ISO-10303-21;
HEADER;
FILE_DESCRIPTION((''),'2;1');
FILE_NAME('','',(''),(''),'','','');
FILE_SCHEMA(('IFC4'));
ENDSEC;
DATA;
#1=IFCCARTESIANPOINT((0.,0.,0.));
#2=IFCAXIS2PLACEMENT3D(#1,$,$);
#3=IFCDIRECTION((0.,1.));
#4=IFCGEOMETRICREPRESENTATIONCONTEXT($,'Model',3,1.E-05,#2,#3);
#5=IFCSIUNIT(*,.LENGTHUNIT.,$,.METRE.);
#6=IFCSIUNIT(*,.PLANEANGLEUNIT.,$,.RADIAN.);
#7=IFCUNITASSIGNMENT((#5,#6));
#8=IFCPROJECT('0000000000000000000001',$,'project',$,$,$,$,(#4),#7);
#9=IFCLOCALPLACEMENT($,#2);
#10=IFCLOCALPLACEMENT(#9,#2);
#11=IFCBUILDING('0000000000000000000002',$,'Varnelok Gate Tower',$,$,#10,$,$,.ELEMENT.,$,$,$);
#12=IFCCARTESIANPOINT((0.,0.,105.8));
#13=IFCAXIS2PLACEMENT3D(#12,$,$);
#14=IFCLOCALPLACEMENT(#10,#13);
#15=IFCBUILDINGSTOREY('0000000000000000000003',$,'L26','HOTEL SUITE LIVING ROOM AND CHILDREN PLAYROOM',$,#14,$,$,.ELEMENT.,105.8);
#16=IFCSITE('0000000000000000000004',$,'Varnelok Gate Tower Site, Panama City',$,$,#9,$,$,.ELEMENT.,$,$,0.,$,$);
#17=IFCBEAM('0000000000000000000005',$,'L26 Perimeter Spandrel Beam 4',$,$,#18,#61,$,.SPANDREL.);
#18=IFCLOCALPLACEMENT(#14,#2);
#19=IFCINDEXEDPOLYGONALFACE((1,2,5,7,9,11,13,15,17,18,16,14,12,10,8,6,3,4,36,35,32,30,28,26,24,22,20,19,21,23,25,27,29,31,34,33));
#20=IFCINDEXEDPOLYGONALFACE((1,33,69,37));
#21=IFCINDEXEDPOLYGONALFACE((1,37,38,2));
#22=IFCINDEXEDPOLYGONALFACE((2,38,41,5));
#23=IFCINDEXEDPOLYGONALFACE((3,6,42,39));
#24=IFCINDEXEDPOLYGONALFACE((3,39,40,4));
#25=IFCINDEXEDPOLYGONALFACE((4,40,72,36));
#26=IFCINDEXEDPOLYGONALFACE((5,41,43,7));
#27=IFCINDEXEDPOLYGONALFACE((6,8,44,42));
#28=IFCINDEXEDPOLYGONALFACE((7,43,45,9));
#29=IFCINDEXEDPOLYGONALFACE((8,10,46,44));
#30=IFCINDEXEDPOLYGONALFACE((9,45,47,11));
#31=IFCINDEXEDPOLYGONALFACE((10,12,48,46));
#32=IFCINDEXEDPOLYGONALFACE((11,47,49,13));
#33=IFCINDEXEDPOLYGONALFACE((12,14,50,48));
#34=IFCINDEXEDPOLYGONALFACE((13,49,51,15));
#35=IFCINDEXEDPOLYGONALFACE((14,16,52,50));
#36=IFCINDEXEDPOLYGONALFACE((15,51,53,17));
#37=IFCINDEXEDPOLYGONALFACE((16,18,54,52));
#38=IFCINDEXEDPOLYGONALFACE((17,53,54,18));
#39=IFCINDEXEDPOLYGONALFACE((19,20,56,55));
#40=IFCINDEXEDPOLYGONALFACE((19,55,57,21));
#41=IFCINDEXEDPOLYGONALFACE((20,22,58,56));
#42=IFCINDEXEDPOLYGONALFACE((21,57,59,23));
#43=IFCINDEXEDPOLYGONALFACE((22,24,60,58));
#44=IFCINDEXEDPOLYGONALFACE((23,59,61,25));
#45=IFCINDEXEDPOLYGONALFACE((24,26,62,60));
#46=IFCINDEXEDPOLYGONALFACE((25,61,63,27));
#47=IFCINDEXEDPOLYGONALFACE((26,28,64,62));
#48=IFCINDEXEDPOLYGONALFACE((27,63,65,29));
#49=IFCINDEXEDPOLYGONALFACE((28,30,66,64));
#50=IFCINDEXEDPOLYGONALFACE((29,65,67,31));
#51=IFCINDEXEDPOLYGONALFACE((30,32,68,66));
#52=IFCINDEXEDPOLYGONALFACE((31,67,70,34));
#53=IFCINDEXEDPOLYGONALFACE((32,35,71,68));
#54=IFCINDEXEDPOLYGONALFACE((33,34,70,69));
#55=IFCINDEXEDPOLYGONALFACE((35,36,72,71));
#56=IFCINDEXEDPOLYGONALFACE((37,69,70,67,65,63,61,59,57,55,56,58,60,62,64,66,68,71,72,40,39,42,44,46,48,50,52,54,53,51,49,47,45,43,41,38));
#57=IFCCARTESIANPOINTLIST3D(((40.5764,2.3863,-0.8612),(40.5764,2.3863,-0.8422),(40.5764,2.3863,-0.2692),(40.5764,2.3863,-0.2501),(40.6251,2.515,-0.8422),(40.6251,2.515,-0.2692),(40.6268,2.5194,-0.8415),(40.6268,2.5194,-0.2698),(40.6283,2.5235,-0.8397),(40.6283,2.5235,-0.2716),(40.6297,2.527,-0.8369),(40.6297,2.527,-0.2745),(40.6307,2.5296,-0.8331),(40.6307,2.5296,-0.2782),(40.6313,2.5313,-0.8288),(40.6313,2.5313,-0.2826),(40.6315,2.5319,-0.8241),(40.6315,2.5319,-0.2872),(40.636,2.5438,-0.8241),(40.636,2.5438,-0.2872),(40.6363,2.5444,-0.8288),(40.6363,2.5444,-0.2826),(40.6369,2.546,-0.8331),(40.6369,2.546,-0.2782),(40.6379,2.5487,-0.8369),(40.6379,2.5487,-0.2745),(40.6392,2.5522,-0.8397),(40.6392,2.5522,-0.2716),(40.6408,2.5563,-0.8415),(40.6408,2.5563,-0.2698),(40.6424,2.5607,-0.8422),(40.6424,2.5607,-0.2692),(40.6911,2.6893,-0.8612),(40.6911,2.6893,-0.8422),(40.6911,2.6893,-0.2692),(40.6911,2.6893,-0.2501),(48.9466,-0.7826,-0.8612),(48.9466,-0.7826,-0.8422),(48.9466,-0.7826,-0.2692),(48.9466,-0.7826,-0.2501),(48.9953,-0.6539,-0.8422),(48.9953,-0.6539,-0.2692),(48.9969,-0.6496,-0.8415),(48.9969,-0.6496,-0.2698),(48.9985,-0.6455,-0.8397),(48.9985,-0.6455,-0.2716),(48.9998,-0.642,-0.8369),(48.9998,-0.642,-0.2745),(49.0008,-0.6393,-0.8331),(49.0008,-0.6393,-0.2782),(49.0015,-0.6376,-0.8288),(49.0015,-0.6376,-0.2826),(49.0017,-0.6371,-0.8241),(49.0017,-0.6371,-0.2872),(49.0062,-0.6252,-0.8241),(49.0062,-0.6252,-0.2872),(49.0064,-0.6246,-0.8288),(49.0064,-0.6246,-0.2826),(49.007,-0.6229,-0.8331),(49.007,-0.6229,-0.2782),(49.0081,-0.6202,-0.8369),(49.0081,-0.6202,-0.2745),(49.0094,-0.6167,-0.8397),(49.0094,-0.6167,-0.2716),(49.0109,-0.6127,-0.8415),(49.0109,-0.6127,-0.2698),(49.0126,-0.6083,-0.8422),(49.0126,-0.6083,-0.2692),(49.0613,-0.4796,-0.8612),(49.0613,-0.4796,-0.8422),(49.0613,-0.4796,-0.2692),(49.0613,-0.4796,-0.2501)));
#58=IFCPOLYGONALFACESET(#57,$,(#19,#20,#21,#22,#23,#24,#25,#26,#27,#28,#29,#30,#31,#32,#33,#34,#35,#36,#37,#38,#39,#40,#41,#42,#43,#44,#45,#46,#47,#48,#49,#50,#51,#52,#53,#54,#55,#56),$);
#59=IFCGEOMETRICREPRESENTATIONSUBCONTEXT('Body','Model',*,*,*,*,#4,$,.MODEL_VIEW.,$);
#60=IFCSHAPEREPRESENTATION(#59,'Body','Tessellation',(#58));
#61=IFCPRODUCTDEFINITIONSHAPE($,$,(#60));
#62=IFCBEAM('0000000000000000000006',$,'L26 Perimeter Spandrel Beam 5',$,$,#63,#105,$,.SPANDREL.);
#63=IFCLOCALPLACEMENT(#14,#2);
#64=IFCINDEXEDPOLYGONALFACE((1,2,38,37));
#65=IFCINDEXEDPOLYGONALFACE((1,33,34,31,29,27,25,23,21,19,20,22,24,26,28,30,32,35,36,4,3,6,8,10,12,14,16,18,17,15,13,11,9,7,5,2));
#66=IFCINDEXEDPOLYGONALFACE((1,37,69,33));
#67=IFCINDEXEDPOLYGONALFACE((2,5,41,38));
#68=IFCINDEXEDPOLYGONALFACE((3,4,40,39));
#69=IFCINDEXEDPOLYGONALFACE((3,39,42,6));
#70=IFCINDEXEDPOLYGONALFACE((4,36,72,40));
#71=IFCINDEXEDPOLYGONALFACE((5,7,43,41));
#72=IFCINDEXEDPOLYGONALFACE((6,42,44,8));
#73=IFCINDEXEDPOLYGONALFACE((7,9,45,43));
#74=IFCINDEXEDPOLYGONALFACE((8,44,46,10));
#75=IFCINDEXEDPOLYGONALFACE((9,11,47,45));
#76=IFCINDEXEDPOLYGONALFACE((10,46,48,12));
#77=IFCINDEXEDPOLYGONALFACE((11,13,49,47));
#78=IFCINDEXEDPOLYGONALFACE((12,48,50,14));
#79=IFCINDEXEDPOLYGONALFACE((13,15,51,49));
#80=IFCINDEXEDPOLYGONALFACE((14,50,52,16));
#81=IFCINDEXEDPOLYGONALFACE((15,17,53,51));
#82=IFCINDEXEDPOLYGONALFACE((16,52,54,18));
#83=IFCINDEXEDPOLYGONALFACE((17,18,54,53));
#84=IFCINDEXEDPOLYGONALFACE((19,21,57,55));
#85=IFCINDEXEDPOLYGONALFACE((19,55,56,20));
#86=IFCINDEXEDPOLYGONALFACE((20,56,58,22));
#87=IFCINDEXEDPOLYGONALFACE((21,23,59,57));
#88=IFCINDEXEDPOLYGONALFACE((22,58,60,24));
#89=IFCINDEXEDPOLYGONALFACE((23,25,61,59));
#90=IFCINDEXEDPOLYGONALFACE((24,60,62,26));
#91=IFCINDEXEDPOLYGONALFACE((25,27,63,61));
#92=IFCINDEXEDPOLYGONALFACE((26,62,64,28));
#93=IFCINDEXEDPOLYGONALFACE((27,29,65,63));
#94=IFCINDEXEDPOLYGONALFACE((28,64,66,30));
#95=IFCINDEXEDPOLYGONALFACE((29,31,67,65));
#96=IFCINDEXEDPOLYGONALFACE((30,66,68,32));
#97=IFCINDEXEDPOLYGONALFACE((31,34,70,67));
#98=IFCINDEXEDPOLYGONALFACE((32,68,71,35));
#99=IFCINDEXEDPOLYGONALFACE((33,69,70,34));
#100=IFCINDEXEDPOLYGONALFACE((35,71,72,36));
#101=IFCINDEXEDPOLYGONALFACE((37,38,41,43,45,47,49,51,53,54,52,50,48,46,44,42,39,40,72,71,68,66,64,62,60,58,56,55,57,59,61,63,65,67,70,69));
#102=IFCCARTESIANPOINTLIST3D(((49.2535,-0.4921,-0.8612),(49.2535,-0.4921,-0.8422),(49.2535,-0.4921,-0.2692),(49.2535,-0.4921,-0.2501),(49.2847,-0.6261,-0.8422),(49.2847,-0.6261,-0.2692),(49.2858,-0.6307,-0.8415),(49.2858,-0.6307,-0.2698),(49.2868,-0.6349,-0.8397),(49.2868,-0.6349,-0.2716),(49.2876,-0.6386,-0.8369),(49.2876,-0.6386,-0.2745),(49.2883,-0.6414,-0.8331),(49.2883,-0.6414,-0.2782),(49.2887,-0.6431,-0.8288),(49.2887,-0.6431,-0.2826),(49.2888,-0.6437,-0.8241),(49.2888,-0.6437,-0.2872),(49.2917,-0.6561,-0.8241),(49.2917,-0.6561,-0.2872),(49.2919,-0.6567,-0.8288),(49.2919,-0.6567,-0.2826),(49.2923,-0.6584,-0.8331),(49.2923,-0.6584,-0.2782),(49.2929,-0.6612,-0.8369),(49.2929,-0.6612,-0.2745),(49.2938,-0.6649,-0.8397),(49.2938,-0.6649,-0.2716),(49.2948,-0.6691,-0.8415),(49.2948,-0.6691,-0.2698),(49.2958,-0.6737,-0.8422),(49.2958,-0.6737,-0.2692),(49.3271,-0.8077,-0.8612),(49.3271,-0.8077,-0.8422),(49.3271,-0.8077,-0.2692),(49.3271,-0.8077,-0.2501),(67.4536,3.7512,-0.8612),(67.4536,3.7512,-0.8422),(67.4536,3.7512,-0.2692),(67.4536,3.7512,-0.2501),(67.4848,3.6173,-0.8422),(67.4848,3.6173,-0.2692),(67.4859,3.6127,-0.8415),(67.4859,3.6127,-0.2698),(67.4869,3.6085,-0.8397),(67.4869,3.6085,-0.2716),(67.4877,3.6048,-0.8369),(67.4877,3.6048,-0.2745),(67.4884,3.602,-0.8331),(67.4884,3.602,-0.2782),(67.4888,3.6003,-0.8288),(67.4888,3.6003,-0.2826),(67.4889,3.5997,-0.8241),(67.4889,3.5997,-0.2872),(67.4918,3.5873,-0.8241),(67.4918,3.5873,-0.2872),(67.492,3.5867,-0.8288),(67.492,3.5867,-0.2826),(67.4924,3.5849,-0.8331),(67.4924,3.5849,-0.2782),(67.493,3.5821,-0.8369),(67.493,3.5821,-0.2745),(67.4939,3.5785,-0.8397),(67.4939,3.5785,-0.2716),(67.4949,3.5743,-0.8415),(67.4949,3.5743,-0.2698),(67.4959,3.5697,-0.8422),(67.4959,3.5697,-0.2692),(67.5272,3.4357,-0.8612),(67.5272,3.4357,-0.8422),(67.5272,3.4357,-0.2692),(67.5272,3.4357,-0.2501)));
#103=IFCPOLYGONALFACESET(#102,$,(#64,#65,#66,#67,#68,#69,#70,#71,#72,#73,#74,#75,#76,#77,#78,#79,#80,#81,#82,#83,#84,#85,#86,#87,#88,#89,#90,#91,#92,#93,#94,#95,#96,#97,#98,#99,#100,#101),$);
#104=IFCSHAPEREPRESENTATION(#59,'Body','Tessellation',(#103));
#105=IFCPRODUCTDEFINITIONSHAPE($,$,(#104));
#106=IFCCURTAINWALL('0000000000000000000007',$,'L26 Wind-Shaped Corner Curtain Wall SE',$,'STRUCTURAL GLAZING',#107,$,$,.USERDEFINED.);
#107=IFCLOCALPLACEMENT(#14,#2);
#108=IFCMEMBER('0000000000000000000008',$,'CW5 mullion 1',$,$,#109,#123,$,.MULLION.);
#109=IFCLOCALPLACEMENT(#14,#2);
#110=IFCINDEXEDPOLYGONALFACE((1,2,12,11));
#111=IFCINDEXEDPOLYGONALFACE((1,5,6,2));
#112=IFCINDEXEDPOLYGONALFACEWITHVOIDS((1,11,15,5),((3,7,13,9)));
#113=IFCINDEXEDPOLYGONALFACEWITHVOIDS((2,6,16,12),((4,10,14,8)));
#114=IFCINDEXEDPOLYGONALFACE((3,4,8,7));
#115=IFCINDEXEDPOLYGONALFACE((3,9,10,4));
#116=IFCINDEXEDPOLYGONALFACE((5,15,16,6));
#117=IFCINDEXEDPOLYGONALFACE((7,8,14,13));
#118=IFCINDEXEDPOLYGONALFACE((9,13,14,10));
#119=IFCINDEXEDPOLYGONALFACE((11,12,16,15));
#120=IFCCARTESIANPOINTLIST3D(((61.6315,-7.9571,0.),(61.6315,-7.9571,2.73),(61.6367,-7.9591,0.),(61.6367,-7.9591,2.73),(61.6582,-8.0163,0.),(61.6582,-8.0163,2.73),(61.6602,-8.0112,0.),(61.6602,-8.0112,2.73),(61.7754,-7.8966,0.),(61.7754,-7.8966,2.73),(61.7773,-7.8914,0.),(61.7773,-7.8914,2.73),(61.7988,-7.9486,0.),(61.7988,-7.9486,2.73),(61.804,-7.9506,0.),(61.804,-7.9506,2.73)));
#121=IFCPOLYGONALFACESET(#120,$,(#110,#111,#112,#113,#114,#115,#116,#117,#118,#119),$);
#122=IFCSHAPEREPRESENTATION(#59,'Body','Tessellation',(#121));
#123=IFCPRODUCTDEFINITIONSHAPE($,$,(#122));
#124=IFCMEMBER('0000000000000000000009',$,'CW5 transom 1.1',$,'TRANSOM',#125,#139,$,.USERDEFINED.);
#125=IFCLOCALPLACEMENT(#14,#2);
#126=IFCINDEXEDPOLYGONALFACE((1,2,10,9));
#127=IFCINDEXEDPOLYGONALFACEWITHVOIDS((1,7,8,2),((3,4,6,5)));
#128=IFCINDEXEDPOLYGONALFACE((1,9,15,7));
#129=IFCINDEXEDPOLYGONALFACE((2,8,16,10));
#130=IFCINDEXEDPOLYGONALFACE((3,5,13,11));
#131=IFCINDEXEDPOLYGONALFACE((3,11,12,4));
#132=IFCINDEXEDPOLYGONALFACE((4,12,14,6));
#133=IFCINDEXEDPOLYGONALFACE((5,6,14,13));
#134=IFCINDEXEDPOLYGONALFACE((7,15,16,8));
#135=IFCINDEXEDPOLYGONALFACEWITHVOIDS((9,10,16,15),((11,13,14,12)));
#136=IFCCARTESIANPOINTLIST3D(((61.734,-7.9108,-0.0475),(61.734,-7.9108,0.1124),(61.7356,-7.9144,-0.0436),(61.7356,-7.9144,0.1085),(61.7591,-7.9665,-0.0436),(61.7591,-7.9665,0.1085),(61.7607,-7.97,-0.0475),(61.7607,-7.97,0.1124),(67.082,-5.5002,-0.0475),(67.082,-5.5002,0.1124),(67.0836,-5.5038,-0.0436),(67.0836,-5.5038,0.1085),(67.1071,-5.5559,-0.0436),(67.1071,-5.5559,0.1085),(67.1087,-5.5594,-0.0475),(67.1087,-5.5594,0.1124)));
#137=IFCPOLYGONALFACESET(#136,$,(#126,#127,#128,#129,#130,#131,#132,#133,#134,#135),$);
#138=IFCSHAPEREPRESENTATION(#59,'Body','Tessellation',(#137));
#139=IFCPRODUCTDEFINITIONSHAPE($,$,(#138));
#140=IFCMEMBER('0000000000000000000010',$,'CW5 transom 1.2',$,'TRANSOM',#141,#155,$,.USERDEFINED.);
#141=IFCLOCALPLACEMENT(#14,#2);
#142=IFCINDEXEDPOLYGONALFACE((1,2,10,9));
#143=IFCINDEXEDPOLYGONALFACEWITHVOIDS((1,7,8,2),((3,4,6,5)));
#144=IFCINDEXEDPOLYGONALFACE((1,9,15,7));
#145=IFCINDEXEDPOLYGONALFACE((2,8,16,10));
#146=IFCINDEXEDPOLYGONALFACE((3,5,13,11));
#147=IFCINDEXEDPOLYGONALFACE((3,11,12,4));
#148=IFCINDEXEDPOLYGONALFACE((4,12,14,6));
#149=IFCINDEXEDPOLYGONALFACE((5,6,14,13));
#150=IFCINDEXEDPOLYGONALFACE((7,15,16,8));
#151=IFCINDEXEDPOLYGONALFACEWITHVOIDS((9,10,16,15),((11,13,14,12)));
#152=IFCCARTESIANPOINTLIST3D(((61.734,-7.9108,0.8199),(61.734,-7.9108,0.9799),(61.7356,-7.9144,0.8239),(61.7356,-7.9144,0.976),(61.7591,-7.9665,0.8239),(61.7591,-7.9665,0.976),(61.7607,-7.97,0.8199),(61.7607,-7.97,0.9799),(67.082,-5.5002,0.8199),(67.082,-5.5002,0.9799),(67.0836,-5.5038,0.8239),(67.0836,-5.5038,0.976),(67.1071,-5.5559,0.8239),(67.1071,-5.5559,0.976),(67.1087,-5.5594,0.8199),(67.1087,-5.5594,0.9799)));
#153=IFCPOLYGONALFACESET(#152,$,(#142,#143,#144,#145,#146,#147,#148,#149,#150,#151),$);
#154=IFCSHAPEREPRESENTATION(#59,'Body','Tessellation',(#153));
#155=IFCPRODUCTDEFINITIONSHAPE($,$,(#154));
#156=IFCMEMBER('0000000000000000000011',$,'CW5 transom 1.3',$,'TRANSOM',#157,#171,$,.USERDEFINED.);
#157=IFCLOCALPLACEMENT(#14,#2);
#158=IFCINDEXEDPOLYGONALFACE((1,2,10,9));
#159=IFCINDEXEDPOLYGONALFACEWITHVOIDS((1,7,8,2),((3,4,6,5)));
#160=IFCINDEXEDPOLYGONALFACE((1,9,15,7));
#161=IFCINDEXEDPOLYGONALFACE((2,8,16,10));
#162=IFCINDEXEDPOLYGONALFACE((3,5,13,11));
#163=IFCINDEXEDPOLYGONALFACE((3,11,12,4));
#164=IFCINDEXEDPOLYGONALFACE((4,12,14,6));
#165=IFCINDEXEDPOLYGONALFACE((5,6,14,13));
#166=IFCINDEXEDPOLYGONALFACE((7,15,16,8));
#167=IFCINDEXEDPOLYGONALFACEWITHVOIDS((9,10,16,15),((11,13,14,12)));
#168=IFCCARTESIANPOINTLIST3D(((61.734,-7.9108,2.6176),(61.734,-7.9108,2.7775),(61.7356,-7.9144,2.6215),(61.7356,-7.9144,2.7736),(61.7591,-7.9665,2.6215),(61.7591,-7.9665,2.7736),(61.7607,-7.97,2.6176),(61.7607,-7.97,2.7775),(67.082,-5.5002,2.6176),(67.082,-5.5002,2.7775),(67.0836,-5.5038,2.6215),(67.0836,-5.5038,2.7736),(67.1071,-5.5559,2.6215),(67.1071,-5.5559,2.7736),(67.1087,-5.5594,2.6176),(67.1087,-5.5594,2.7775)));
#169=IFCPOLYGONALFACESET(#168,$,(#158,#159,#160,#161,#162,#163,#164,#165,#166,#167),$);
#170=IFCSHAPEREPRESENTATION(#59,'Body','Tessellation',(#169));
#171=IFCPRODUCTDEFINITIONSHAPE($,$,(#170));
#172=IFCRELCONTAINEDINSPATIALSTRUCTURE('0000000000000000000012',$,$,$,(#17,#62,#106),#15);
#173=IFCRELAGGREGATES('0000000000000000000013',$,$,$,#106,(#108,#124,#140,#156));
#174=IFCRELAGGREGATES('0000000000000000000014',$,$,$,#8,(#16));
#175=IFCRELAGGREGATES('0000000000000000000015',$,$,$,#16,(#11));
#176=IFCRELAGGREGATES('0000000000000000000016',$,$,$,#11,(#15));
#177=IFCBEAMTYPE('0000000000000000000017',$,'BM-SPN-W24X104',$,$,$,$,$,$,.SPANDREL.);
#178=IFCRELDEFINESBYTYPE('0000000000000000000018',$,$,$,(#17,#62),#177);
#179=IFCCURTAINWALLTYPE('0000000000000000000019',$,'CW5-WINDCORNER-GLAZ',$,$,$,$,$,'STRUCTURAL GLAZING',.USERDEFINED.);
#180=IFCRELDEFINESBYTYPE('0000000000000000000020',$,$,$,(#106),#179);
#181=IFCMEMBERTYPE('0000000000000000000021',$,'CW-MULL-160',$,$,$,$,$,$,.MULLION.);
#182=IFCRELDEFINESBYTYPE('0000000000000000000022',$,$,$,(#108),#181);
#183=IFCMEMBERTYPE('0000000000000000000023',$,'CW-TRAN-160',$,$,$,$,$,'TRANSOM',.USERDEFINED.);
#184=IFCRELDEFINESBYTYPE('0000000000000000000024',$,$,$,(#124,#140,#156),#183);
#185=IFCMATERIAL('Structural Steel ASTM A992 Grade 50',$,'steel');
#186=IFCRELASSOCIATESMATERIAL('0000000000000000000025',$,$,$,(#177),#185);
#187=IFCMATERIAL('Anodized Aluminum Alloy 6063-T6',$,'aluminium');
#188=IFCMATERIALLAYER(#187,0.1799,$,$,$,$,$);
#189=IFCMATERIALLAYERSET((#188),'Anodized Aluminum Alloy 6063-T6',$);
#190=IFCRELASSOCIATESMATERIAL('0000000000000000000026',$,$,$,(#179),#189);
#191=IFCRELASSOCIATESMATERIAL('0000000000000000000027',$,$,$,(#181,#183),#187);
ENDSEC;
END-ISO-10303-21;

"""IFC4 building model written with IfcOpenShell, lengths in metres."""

from ifc_helpers import new_model, si_unit, direction, frame, origin, origin_2d, place, context, subcontext, project, spatial, hollow_rectangle, i_section, extrude, material, layer, layer_set, material_profile, profile_set, type_object, element, aggregate, save


model = new_model("IFC4")

# Units and contexts
model_context = context("Model", 3, precision=1e-05, world=origin(), true_north=direction((0.0, 1.0)))
body_context = subcontext(model_context, "Body", "Model", "MODEL_VIEW")
ifc_project = project(units=[si_unit("LENGTHUNIT", "METRE"), si_unit("PLANEANGLEUNIT", "RADIAN")], contexts=[model_context])

# Site, building, storey
site_placement = place(None, origin())
site = spatial("IfcSite", under=ifc_project, at=site_placement, Name="Varnelok Gate Tower Site, Panama City", CompositionType="ELEMENT", RefElevation=0.0)
building_placement = place(site_placement, origin())
building = spatial("IfcBuilding", under=site, at=building_placement, Name="Varnelok Gate Tower", CompositionType="ELEMENT")
storey_placement = place(building_placement, frame((0.0, 0.0, 105.8)))
storey = spatial("IfcBuildingStorey", under=building, at=storey_placement, Name="L26", Description="HOTEL SUITE LIVING ROOM AND CHILDREN PLAYROOM", CompositionType="ELEMENT", Elevation=105.8)

# Shared definitions
ifc_material_1 = material(Name="Structural Steel ASTM A992 Grade 50", Category="steel")

# Beams
ifc_material_profile_1 = material_profile(ifc_material_1, i_section(OverallWidth=0.324, OverallDepth=0.6111, WebThickness=0.0127, FlangeThickness=0.019, FilletRadius=0.0181, at=origin_2d()), Name="W24X104")
ifc_profile_set_1 = profile_set([ifc_material_profile_1], Name="Structural Steel ASTM A992 Grade 50")
beam_type_1 = type_object("IfcBeamType", Name="BM-SPN-W24X104", PredefinedType="SPANDREL", material=ifc_profile_set_1)
beam_1_placement = place(storey_placement, frame((40.6338, 2.5378, -0.5557), z_axis=(0.935217, -0.354075, 0.0), x_axis=(0.354075, 0.935217, 0.0)))
element("IfcBeam", 1, at=beam_1_placement, inside=storey, type_object=beam_type_1, Name="L26 Perimeter Spandrel Beam 4", PredefinedType="SPANDREL", context=body_context, shape_type="SweptSolid", body=[
    extrude(i_section(OverallWidth=0.324, OverallDepth=0.6111, WebThickness=0.0127, FlangeThickness=0.019, FilletRadius=0.0181, at=origin_2d()), origin(), (0.0, 0.0, 1.0), 8.95),
])
beam_2_placement = place(storey_placement, frame((49.2903, -0.6499, -0.5557), z_axis=(0.97388, 0.227062, 0.0), x_axis=(-0.227062, 0.97388, 0.0)))
element("IfcBeam", 2, at=beam_2_placement, inside=storey, type_object=beam_type_1, Name="L26 Perimeter Spandrel Beam 5", PredefinedType="SPANDREL", context=body_context, shape_type="SweptSolid", body=[
    extrude(i_section(OverallWidth=0.324, OverallDepth=0.6111, WebThickness=0.0127, FlangeThickness=0.019, FilletRadius=0.0181, at=origin_2d()), origin(), (0.0, 0.0, 1.0), 18.6882),
])

# Curtain wall, members
ifc_material_2 = material(Name="Anodized Aluminum Alloy 6063-T6", Category="aluminium")
ifc_layer_1 = layer(ifc_material_2, 0.1799)
ifc_layer_set_1 = layer_set([ifc_layer_1], Name="Anodized Aluminum Alloy 6063-T6")
curtain_wall_type = type_object("IfcCurtainWallType", Name="CW5-WINDCORNER-GLAZ", ElementType="STRUCTURAL GLAZING", PredefinedType="USERDEFINED", material=ifc_layer_set_1)
curtain_wall_placement = place(storey_placement, origin())
curtain_wall = element("IfcCurtainWall", 3, at=curtain_wall_placement, inside=storey, type_object=curtain_wall_type, Name="L26 Wind-Shaped Corner Curtain Wall SE", ObjectType="STRUCTURAL GLAZING", PredefinedType="USERDEFINED")
ifc_material_profile_2 = material_profile(ifc_material_2, hollow_rectangle(XDim=0.0649, YDim=0.1599, WallThickness=0.0039, at=origin_2d()), Name="ALU160X65X4")
ifc_profile_set_2 = profile_set([ifc_material_profile_2], Name="Anodized Aluminum Alloy 6063-T6")
member_type_1 = type_object("IfcMemberType", Name="CW-MULL-160", PredefinedType="MULLION", material=ifc_profile_set_2)
member_1_placement = place(storey_placement, frame((61.7178, -7.9539, 0.0), z_axis=(0.0, 0.0, 1.0), x_axis=(-0.410944, 0.911661, 0.0)))
member_1 = element("IfcMember", 4, at=member_1_placement, type_object=member_type_1, Name="CW5 mullion 1", PredefinedType="MULLION", context=body_context, shape_type="SweptSolid", body=[
    extrude(hollow_rectangle(XDim=0.0649, YDim=0.1599, WallThickness=0.0039, at=origin_2d()), origin(), (0.0, 0.0, 1.0), 2.73),
])
ifc_material_profile_3 = material_profile(ifc_material_2, hollow_rectangle(XDim=0.0649, YDim=0.1599, WallThickness=0.0039, at=origin_2d()), Name="ALU160X65X4")
ifc_profile_set_3 = profile_set([ifc_material_profile_3], Name="Anodized Aluminum Alloy 6063-T6")
member_type_2 = type_object("IfcMemberType", Name="CW-TRAN-160", ElementType="TRANSOM", PredefinedType="USERDEFINED", material=ifc_profile_set_3)
member_2_placement = place(storey_placement, frame((61.7473, -7.9404, 0.0325), z_axis=(0.911667, 0.410929, 0.0), x_axis=(-0.410929, 0.911667, 0.0)))
member_2 = element("IfcMember", 5, at=member_2_placement, type_object=member_type_2, Name="CW5 transom 1.1", ObjectType="TRANSOM", PredefinedType="USERDEFINED", context=body_context, shape_type="SweptSolid", body=[
    extrude(hollow_rectangle(XDim=0.0649, YDim=0.1599, WallThickness=0.0039, at=origin_2d()), origin(), (0.0, 0.0, 1.0), 5.8662),
])
member_3_placement = place(storey_placement, frame((61.7473, -7.9404, 0.8999), z_axis=(0.911667, 0.410929, 0.0), x_axis=(-0.410929, 0.911667, 0.0)))
member_3 = element("IfcMember", 6, at=member_3_placement, type_object=member_type_2, Name="CW5 transom 1.2", ObjectType="TRANSOM", PredefinedType="USERDEFINED", context=body_context, shape_type="SweptSolid", body=[
    extrude(hollow_rectangle(XDim=0.0649, YDim=0.1599, WallThickness=0.0039, at=origin_2d()), origin(), (0.0, 0.0, 1.0), 5.8662),
])
member_4_placement = place(storey_placement, frame((61.7473, -7.9404, 2.6975), z_axis=(0.911667, 0.410929, 0.0), x_axis=(-0.410929, 0.911667, 0.0)))
member_4 = element("IfcMember", 7, at=member_4_placement, type_object=member_type_2, Name="CW5 transom 1.3", ObjectType="TRANSOM", PredefinedType="USERDEFINED", context=body_context, shape_type="SweptSolid", body=[
    extrude(hollow_rectangle(XDim=0.0649, YDim=0.1599, WallThickness=0.0039, at=origin_2d()), origin(), (0.0, 0.0, 1.0), 5.8662),
])
aggregate(curtain_wall, [member_1, member_2, member_3, member_4])

save(model, "model.ifc")
